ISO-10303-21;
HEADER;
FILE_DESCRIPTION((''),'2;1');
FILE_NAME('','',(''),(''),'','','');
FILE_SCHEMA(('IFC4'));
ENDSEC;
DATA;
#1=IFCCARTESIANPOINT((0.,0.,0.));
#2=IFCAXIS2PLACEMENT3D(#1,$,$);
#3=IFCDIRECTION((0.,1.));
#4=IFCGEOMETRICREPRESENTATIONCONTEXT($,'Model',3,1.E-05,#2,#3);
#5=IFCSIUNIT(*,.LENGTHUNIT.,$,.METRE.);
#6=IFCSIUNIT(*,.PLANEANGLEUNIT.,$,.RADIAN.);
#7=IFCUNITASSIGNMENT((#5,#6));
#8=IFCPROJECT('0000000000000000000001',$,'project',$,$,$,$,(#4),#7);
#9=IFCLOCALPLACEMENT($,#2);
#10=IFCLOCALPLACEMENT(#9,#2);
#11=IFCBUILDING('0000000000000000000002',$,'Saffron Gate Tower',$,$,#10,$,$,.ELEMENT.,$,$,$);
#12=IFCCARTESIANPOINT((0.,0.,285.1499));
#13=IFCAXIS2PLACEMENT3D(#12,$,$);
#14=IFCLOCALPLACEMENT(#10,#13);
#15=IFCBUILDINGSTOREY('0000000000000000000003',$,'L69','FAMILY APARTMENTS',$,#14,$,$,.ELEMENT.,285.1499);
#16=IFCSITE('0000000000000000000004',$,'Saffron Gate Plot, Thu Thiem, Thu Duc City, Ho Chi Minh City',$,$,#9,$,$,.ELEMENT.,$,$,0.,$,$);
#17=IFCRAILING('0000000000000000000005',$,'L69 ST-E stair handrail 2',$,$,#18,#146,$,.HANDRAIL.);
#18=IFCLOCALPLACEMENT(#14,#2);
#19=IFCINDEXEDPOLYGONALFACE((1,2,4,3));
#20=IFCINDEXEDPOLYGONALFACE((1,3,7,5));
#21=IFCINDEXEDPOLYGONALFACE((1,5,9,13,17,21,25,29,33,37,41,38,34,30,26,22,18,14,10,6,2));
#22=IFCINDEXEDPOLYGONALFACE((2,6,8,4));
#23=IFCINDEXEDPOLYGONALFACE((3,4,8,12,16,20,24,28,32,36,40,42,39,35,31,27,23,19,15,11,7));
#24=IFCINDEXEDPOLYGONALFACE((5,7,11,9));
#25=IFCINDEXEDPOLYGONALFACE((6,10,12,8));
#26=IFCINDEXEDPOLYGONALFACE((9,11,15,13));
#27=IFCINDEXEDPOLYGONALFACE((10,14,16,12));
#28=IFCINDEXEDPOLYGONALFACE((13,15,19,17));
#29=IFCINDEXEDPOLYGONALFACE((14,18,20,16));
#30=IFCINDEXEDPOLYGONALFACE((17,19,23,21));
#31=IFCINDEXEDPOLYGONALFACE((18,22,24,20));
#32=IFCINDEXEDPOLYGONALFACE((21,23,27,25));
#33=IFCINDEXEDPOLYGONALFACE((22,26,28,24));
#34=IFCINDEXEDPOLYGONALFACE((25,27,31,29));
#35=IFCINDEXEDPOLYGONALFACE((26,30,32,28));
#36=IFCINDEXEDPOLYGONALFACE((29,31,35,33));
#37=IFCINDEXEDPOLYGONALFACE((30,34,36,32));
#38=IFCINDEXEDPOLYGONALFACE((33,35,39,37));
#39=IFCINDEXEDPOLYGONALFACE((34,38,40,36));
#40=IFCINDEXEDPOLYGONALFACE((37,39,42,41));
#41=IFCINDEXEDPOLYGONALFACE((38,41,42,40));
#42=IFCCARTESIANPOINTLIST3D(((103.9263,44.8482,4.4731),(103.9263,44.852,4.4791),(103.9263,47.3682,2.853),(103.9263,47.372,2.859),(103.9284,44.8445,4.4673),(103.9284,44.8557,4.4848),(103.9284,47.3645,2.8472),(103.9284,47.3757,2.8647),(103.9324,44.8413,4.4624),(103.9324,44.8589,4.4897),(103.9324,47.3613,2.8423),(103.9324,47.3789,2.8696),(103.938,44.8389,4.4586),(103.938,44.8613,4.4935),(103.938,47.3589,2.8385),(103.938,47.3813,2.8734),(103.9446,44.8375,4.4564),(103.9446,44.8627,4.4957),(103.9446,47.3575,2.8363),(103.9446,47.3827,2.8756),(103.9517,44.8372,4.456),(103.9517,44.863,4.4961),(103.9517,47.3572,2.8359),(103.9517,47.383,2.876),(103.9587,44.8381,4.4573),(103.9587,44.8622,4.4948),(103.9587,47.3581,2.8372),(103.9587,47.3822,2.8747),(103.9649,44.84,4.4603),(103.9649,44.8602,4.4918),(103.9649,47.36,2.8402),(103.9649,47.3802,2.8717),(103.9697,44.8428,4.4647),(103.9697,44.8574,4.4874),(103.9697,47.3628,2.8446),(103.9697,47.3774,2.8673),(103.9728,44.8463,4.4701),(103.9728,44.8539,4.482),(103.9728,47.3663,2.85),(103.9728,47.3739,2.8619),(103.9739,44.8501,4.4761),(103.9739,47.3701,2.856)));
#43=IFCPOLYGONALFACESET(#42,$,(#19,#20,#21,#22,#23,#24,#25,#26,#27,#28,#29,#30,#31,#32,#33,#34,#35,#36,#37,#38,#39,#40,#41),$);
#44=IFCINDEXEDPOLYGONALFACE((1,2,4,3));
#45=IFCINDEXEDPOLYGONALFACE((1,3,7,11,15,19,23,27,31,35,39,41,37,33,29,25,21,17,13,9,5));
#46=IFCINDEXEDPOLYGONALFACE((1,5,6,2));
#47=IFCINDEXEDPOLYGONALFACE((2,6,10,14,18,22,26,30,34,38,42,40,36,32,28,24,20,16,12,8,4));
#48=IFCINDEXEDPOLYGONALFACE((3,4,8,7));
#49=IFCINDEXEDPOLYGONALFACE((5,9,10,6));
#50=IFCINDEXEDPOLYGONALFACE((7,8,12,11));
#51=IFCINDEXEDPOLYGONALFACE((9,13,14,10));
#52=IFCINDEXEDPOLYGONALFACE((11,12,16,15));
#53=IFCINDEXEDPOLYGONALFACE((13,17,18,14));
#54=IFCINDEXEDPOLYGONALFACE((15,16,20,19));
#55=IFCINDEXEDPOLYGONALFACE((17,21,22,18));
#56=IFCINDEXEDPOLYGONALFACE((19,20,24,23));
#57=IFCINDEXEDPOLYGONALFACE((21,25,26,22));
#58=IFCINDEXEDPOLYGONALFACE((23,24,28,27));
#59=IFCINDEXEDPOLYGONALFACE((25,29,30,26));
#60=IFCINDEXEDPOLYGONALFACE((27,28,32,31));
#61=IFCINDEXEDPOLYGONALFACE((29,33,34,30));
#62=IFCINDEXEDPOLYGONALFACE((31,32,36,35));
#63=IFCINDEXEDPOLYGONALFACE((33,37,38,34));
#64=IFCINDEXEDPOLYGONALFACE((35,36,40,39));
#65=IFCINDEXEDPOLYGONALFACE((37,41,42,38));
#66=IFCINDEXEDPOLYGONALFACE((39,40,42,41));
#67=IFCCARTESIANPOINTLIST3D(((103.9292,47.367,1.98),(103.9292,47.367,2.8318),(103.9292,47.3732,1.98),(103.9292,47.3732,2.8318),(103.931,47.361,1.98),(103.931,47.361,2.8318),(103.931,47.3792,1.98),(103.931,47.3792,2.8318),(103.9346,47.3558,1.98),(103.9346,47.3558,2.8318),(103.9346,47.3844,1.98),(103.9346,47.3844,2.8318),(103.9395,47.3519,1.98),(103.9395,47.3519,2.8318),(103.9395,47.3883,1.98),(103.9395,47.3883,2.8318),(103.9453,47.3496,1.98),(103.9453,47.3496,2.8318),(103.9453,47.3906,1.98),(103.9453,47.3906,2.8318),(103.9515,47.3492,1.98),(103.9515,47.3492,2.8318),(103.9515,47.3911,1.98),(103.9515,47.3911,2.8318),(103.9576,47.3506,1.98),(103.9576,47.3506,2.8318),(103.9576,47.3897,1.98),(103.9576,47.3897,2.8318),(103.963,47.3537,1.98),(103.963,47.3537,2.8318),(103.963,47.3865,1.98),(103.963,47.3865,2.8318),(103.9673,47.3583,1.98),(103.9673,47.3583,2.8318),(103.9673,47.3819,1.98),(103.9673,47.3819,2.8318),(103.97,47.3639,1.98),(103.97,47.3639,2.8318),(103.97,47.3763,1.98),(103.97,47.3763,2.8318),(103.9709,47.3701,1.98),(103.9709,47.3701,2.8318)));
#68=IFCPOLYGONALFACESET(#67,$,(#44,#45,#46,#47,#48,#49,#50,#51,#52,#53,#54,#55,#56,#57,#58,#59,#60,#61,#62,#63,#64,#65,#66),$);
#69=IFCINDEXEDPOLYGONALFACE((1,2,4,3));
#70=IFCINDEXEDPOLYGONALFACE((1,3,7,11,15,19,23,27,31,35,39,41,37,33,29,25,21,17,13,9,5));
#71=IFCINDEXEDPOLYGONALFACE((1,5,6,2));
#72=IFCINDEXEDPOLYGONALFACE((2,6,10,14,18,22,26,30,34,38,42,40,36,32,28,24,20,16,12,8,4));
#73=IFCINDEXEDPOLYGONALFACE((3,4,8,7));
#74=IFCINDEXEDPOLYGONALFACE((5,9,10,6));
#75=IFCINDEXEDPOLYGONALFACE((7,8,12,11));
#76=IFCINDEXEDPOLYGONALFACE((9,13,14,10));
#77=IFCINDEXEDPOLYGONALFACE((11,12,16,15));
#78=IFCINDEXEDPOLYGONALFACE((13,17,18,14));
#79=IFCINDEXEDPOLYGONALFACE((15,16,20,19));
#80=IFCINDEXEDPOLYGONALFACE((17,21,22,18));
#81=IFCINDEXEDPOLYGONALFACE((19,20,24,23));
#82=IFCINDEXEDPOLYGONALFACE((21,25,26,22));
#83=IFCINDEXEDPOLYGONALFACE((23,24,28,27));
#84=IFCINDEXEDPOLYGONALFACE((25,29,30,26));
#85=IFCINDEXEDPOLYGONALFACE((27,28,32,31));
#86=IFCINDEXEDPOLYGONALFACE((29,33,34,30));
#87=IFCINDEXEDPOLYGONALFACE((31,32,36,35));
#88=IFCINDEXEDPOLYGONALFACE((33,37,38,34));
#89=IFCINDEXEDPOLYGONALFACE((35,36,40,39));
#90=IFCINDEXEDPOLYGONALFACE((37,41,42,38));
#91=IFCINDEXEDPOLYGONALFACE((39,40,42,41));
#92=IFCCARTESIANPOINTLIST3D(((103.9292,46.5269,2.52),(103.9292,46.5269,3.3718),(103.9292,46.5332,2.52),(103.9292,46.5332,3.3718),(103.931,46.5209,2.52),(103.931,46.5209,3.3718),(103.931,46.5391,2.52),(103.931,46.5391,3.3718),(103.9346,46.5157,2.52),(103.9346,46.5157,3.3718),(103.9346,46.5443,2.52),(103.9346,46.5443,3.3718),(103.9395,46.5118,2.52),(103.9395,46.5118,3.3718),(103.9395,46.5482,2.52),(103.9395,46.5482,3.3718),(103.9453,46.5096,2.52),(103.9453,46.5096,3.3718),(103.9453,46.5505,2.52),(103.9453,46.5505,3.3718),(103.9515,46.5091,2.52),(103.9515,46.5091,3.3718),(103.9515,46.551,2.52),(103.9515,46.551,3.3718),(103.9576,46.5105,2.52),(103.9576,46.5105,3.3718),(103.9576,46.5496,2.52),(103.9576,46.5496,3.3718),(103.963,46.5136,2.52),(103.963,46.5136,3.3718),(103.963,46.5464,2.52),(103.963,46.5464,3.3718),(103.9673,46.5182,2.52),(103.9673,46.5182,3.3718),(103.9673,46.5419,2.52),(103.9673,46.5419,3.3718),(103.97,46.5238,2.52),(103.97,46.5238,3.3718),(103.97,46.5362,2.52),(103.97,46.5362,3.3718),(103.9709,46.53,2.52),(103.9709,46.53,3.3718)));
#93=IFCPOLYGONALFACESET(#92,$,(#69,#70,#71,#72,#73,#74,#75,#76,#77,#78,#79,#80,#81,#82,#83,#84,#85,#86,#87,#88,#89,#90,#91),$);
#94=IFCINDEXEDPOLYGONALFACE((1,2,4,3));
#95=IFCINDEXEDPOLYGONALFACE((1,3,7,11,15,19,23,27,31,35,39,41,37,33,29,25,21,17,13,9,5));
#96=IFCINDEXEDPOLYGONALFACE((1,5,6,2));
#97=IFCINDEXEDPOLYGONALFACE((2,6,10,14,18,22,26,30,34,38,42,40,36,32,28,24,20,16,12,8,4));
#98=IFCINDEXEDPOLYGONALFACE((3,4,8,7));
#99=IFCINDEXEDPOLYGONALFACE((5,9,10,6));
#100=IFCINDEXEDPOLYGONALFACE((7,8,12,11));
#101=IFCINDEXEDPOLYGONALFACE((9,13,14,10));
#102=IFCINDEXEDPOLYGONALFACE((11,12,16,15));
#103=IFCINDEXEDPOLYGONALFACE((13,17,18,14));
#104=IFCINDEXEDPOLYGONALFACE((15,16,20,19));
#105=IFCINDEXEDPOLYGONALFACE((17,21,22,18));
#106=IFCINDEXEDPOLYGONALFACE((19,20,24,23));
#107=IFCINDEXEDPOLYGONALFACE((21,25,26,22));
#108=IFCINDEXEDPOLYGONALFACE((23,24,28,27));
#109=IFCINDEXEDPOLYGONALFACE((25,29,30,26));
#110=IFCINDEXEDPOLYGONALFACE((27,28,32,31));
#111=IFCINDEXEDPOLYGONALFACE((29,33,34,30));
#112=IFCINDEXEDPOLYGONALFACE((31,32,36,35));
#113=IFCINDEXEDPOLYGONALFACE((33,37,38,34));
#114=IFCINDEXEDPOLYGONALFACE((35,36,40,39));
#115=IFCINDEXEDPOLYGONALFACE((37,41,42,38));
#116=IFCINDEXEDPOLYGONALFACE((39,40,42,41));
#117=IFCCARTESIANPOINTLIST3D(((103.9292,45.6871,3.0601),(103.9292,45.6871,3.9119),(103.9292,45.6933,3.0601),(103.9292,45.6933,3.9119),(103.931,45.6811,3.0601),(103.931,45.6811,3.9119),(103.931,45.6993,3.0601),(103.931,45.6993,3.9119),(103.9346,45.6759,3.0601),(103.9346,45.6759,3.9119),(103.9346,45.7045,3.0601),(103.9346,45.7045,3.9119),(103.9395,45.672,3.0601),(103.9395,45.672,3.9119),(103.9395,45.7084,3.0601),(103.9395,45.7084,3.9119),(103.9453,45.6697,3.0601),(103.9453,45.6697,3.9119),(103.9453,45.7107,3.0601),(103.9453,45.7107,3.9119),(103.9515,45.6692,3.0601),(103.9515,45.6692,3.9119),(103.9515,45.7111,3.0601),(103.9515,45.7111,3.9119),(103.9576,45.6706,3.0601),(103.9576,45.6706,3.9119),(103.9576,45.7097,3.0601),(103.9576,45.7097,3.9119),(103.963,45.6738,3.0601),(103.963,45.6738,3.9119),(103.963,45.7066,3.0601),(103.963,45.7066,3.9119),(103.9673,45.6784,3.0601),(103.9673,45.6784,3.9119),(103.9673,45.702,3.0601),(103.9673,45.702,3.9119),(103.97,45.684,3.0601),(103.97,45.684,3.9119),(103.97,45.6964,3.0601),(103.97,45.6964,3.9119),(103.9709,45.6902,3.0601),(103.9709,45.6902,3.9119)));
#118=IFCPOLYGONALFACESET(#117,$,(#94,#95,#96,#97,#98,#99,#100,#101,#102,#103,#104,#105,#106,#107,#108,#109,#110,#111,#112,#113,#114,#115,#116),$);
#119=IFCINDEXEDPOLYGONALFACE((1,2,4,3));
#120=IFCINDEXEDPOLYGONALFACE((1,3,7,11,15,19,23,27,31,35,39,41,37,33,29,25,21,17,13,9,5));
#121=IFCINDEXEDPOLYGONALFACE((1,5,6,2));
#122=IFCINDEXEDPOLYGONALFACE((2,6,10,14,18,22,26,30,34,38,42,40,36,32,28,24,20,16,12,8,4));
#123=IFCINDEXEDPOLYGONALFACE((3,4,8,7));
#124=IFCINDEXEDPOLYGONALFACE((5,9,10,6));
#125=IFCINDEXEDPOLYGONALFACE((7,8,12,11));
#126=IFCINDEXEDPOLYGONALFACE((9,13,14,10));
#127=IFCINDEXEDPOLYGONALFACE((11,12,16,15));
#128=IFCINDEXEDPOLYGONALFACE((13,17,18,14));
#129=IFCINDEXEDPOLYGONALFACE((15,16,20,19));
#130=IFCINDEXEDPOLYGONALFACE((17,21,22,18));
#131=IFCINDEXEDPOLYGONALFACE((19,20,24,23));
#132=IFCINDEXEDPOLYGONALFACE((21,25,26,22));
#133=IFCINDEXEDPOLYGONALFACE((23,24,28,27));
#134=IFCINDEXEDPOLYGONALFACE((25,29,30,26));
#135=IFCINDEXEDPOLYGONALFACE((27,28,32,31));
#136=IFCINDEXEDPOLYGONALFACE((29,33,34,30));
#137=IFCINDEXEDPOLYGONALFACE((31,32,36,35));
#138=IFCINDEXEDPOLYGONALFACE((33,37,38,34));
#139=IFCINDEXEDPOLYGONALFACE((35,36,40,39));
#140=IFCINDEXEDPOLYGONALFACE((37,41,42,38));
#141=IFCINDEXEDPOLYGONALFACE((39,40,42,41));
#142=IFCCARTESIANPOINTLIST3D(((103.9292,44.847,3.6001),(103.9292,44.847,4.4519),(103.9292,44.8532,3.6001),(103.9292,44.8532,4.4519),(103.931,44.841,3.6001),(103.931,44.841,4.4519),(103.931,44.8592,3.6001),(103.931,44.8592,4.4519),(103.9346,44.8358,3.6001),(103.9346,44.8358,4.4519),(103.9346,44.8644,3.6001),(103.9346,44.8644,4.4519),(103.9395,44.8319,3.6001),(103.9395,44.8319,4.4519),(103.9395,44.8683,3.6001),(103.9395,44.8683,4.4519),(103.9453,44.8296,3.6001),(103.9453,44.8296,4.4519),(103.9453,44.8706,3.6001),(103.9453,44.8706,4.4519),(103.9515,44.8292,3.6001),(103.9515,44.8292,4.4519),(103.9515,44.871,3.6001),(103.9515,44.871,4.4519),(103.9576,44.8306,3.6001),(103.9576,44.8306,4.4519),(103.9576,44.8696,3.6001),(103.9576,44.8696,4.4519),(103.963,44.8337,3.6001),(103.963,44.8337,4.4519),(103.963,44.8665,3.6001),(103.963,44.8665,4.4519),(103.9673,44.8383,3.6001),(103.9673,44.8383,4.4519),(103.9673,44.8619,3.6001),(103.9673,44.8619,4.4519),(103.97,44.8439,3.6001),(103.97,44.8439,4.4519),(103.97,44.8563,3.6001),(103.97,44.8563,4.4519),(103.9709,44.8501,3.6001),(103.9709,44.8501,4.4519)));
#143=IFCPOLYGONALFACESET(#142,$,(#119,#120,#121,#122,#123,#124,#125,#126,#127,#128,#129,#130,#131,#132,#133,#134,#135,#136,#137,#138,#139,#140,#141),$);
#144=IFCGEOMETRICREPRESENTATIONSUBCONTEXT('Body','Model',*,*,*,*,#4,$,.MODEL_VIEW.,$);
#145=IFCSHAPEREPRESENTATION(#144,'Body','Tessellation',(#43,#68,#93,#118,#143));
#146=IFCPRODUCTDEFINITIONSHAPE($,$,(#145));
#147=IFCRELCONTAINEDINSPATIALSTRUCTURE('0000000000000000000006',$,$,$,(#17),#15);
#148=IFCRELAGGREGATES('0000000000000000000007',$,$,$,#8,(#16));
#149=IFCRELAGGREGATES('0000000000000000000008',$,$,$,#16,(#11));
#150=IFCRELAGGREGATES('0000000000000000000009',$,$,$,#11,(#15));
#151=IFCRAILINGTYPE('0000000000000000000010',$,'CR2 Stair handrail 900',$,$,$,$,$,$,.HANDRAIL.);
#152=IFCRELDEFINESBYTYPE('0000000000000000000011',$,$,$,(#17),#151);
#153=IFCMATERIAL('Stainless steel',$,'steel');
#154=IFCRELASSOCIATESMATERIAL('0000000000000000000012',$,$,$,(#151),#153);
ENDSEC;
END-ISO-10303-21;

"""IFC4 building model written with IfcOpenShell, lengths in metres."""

from ifc_helpers import new_model, si_unit, direction, frame, origin, origin_2d, place, context, subcontext, project, spatial, circle, extrude, material, type_object, element, save


model = new_model("IFC4")

# Units and contexts
model_context = context("Model", 3, precision=1e-05, world=origin(), true_north=direction((0.0, 1.0)))
body_context = subcontext(model_context, "Body", "Model", "MODEL_VIEW")
ifc_project = project(units=[si_unit("LENGTHUNIT", "METRE"), si_unit("PLANEANGLEUNIT", "RADIAN")], contexts=[model_context])

# Site, building, storey
site_placement = place(None, origin())
site = spatial("IfcSite", under=ifc_project, at=site_placement, Name="Saffron Gate Plot, Thu Thiem, Thu Duc City, Ho Chi Minh City", CompositionType="ELEMENT", RefElevation=0.0)
building_placement = place(site_placement, origin())
building = spatial("IfcBuilding", under=site, at=building_placement, Name="Saffron Gate Tower", CompositionType="ELEMENT")
storey_placement = place(building_placement, frame((0.0, 0.0, 285.1499)))
storey = spatial("IfcBuildingStorey", under=building, at=storey_placement, Name="L69", Description="FAMILY APARTMENTS", CompositionType="ELEMENT", Elevation=285.1499)

# Railing
ifc_material_1 = material(Name="Stainless steel", Category="steel")
railing_type_1 = type_object("IfcRailingType", Name="CR2 Stair handrail 900", PredefinedType="HANDRAIL", material=ifc_material_1)
railing_1_placement = place(storey_placement, frame((103.95, 47.3701, 1.98)))
element("IfcRailing", 1, at=railing_1_placement, inside=storey, type_object=railing_type_1, Name="L69 ST-E stair handrail 2", PredefinedType="HANDRAIL", context=body_context, shape_type="SweptSolid", body=[
    extrude(circle(Radius=0.0239, at=origin_2d()), frame((0.0, 0.0, 0.876), z_axis=(0.0, -0.841163, 0.540782), x_axis=(1.0, 0.0, 0.0)), (0.0, 0.0, 1.0), 2.9958),
    extrude(circle(Radius=0.021, at=origin_2d()), origin(), (0.0, 0.0, 1.0), 0.8518),
    extrude(circle(Radius=0.021, at=origin_2d()), frame((0.0, -0.8401, 0.54)), (0.0, 0.0, 1.0), 0.8518),
    extrude(circle(Radius=0.021, at=origin_2d()), frame((0.0, -1.6799, 1.0801)), (0.0, 0.0, 1.0), 0.8518),
    extrude(circle(Radius=0.021, at=origin_2d()), frame((0.0, -2.52, 1.6201)), (0.0, 0.0, 1.0), 0.8518),
])

save(model, "model.ifc")
